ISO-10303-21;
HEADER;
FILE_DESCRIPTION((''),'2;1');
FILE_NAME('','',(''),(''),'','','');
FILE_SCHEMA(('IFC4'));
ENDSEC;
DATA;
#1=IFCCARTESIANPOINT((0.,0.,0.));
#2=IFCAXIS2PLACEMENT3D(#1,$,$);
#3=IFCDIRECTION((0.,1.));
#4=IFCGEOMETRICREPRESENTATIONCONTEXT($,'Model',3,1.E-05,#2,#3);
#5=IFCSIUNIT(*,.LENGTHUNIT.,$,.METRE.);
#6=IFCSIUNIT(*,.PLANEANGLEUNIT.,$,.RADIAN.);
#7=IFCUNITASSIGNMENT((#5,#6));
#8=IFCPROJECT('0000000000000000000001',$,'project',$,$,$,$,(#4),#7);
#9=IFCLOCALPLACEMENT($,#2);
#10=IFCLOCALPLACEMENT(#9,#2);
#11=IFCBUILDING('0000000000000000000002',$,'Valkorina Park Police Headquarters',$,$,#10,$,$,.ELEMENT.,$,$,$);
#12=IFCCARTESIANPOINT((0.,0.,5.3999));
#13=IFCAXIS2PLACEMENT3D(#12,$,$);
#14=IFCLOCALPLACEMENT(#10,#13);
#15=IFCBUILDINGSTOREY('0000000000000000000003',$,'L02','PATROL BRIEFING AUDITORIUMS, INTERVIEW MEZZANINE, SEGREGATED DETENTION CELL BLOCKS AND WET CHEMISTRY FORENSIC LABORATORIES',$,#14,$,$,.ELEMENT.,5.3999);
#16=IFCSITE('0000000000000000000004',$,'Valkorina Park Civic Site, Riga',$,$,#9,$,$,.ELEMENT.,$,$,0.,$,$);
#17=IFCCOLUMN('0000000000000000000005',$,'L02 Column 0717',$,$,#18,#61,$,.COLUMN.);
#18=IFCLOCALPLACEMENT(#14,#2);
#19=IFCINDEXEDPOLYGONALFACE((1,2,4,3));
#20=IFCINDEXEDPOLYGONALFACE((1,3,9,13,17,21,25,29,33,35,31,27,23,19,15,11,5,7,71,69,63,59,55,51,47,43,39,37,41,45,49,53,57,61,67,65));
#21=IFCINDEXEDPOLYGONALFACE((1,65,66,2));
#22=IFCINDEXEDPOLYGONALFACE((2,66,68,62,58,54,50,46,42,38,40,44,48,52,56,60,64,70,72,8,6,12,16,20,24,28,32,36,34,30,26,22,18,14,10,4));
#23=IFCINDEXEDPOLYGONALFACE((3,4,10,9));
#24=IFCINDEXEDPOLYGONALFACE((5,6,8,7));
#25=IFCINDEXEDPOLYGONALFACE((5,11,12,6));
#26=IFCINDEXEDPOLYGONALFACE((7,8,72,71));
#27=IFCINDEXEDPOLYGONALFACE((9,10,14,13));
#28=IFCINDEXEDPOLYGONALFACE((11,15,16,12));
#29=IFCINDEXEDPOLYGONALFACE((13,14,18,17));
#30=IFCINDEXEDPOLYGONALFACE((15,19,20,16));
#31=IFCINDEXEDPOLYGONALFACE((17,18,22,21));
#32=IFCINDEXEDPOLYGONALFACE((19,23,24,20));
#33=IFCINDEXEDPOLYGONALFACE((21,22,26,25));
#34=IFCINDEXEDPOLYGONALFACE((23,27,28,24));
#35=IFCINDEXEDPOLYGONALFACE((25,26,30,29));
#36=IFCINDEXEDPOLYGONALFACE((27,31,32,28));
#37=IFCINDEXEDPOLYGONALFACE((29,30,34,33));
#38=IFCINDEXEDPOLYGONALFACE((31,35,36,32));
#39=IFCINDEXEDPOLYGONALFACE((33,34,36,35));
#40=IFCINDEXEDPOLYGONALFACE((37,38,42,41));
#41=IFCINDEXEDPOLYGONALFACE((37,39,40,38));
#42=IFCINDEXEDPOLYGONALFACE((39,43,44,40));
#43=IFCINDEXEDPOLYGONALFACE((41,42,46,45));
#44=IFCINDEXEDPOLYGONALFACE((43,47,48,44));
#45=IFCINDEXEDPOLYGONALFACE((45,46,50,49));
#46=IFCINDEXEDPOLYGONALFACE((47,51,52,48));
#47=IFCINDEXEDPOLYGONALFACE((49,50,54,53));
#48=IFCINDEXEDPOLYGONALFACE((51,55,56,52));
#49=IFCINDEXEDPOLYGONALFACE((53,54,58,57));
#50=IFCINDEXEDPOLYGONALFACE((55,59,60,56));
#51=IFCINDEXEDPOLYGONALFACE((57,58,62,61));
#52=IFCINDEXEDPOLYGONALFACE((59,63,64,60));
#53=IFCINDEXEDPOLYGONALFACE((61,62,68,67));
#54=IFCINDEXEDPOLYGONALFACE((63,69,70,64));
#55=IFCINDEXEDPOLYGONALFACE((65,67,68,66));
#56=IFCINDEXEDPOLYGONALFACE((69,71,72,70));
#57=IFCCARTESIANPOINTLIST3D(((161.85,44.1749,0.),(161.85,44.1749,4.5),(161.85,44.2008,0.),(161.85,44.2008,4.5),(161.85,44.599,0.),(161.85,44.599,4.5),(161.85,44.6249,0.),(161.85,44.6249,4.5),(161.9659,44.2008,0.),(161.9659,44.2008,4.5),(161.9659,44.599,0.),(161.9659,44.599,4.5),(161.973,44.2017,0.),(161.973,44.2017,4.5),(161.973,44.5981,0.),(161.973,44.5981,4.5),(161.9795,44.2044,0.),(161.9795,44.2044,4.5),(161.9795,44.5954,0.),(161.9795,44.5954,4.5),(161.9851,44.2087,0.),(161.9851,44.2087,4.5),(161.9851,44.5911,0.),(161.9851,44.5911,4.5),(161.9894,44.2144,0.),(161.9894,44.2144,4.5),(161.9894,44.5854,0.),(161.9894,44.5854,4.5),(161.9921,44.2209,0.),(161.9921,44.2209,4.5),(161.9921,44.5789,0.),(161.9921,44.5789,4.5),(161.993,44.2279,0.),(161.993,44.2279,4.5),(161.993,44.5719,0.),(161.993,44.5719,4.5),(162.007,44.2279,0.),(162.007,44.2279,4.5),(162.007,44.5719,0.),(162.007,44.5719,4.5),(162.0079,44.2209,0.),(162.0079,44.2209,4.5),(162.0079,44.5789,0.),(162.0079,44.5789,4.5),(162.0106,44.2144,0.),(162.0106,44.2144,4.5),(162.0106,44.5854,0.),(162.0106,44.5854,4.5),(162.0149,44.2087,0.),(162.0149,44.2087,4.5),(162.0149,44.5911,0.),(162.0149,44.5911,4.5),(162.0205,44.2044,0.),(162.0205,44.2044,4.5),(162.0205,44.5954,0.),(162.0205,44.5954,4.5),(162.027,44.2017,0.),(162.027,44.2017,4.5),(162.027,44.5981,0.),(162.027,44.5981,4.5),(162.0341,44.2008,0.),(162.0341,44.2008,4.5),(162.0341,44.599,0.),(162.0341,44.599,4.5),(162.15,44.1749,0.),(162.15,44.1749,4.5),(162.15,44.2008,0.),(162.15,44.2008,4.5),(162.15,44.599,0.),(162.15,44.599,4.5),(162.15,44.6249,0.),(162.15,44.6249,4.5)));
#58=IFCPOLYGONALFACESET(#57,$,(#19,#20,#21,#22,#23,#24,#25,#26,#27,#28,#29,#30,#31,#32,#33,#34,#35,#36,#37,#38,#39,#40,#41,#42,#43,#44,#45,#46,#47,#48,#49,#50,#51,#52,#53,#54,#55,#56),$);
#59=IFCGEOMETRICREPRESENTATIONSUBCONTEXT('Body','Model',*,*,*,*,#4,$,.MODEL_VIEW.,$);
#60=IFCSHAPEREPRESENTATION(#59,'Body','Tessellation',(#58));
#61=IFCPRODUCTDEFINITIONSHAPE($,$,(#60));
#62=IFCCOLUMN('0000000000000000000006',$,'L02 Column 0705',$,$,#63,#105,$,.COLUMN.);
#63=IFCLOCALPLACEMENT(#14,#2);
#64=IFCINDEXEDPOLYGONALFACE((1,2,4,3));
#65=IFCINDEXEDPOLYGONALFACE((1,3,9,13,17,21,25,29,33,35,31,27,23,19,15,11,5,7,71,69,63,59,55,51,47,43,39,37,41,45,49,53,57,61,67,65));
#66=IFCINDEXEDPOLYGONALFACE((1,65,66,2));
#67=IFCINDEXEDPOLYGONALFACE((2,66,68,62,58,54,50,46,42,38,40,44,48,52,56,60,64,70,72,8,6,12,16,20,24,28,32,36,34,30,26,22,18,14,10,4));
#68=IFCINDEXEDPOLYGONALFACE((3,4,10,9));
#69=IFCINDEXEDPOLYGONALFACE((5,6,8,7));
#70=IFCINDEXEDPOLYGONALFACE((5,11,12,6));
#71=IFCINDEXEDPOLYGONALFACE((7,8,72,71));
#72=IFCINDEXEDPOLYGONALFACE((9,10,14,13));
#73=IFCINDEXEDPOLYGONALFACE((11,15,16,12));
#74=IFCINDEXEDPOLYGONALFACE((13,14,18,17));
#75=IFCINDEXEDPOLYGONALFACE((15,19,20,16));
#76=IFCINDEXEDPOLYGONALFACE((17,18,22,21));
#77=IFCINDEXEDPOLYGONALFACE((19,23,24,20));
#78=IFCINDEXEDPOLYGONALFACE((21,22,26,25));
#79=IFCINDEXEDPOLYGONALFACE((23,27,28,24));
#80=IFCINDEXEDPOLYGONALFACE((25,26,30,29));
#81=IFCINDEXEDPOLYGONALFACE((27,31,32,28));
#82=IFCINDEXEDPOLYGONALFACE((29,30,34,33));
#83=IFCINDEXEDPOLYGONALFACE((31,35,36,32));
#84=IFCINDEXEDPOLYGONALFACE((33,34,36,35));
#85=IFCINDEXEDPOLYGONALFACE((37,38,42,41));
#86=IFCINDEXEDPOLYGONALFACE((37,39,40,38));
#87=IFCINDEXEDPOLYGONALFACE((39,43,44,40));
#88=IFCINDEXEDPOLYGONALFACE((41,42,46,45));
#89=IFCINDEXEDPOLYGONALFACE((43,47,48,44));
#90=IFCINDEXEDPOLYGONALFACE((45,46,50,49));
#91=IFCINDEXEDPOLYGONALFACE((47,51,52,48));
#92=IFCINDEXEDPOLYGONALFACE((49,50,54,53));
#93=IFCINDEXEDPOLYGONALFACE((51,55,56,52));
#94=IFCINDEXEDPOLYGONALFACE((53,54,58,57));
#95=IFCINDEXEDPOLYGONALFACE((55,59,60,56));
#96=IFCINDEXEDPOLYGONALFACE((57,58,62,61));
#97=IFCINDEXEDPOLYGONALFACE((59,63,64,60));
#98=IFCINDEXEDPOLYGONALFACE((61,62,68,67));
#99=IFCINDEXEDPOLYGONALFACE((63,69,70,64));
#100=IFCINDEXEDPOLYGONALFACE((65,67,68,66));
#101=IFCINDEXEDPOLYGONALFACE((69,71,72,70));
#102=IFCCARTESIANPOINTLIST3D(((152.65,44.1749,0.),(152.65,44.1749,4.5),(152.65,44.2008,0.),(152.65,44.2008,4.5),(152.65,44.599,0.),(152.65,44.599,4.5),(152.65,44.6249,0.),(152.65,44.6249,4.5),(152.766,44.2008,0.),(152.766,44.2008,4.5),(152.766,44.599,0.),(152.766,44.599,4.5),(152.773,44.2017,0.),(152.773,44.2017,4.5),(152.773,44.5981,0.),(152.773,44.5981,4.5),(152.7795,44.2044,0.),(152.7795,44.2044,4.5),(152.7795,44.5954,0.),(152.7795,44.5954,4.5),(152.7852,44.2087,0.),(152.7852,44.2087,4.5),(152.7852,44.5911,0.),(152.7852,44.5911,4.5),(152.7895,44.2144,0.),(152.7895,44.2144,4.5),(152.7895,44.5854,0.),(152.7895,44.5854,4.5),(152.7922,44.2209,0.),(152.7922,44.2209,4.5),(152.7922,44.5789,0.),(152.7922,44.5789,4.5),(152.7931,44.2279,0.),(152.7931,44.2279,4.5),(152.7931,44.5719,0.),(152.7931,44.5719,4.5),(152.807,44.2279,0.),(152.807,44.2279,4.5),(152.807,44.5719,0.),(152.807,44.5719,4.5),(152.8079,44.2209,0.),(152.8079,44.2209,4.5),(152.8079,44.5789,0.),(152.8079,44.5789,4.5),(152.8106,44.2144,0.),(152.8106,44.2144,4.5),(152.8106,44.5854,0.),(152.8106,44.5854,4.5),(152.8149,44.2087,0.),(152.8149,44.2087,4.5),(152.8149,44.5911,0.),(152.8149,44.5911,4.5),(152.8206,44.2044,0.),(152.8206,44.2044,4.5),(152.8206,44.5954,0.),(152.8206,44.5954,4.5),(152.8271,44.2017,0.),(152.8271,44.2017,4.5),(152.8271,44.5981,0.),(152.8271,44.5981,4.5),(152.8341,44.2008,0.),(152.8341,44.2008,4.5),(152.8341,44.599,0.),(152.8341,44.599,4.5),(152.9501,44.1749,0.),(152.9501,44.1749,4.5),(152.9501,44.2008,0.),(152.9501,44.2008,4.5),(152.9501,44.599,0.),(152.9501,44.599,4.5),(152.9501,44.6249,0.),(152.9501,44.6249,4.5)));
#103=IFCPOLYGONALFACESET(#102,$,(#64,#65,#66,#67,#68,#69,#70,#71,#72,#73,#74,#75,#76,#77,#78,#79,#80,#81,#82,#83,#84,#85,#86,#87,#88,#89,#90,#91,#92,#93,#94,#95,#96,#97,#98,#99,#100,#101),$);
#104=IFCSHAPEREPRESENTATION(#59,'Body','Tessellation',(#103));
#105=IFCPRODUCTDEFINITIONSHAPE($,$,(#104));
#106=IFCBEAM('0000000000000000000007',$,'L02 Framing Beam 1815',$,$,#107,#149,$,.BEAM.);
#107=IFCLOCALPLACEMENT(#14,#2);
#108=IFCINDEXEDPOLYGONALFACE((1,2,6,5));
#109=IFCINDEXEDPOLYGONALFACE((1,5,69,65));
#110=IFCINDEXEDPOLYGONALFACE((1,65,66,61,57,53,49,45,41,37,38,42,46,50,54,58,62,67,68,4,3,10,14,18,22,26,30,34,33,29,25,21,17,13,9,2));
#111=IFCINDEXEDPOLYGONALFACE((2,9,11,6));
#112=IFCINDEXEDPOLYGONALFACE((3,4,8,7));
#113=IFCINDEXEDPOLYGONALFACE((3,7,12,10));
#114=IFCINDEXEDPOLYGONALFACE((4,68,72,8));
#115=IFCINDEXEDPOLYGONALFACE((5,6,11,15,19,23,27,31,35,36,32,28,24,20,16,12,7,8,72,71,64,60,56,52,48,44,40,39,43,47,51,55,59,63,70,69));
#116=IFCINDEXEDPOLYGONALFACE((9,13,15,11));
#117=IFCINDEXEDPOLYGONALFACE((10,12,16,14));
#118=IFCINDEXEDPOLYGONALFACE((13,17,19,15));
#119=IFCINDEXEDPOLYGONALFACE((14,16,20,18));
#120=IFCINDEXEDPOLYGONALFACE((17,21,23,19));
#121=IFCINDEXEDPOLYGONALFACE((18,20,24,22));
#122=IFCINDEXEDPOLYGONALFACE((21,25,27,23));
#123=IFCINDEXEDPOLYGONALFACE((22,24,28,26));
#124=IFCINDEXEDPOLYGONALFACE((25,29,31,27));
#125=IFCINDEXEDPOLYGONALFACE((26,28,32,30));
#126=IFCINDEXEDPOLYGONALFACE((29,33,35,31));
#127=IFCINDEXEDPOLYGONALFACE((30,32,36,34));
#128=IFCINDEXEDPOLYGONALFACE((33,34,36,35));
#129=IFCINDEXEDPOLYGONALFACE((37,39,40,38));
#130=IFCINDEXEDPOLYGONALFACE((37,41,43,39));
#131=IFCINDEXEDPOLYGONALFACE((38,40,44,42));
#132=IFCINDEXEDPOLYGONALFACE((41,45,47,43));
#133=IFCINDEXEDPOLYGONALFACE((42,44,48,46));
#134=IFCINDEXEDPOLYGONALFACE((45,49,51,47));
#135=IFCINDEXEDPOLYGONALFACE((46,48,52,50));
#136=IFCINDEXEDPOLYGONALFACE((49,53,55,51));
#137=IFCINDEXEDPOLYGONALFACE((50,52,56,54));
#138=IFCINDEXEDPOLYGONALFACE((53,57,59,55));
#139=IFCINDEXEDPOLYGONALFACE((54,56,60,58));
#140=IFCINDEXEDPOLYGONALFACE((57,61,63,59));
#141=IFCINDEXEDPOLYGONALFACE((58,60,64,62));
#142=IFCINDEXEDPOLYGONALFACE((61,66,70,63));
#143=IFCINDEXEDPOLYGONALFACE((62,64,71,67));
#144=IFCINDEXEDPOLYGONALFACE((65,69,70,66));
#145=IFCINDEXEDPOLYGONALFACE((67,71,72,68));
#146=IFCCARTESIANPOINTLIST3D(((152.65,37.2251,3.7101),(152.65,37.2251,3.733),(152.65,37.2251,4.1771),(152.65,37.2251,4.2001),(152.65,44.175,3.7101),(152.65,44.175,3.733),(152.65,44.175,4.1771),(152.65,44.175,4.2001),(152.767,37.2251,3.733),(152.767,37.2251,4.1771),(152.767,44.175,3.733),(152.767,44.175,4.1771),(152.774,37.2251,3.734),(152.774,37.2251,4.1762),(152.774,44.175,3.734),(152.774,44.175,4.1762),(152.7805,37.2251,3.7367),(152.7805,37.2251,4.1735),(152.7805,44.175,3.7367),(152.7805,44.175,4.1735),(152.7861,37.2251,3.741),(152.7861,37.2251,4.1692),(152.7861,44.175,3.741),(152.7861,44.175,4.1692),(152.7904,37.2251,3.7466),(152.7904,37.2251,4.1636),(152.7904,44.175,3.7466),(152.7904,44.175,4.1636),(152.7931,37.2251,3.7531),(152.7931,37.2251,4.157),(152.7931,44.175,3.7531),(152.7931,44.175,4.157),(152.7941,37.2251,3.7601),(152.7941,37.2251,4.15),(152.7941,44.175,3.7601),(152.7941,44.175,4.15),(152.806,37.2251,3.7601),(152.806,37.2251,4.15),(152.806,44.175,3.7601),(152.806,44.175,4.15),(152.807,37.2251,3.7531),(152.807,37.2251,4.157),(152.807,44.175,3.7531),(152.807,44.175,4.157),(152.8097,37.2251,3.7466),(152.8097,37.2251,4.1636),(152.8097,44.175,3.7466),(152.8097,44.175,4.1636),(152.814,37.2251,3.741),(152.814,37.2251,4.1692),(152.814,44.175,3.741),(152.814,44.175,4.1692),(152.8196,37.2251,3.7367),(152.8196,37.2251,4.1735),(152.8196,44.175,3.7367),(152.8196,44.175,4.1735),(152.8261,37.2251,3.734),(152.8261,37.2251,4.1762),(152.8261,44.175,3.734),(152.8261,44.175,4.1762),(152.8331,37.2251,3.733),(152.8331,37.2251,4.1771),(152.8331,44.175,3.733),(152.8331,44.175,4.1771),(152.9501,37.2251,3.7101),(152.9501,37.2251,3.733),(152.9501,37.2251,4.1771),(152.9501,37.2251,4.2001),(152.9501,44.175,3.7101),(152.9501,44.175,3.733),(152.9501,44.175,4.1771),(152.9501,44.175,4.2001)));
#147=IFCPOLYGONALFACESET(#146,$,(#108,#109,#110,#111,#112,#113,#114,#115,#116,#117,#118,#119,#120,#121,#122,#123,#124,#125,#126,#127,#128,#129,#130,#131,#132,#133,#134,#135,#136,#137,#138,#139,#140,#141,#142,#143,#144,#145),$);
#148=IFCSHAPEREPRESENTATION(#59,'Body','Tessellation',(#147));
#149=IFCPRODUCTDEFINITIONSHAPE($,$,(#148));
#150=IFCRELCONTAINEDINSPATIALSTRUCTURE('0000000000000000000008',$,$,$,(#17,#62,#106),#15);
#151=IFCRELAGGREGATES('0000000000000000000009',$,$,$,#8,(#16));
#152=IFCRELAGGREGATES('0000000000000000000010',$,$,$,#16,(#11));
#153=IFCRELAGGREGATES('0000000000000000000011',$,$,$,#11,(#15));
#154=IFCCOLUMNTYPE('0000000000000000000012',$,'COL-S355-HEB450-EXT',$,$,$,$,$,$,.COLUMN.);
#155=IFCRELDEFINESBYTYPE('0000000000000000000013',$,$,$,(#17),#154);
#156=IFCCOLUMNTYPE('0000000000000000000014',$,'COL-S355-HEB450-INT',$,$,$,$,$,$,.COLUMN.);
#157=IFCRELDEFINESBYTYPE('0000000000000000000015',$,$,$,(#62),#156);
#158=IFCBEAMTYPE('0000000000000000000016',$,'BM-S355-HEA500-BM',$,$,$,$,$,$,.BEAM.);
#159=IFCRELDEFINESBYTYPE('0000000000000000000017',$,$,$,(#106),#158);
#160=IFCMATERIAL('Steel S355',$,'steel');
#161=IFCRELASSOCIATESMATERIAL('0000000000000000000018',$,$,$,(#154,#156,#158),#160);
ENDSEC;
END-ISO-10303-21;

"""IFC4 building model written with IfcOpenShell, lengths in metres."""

from ifc_helpers import new_model, si_unit, direction, frame, origin, origin_2d, place, context, subcontext, project, spatial, i_section, extrude, material, material_profile, profile_set, type_object, element, save


model = new_model("IFC4")

# Units and contexts
model_context = context("Model", 3, precision=1e-05, world=origin(), true_north=direction((0.0, 1.0)))
body_context = subcontext(model_context, "Body", "Model", "MODEL_VIEW")
ifc_project = project(units=[si_unit("LENGTHUNIT", "METRE"), si_unit("PLANEANGLEUNIT", "RADIAN")], contexts=[model_context])

# Site, building, storey
site_placement = place(None, origin())
site = spatial("IfcSite", under=ifc_project, at=site_placement, Name="Valkorina Park Civic Site, Riga", CompositionType="ELEMENT", RefElevation=0.0)
building_placement = place(site_placement, origin())
building = spatial("IfcBuilding", under=site, at=building_placement, Name="Valkorina Park Police Headquarters", CompositionType="ELEMENT")
storey_placement = place(building_placement, frame((0.0, 0.0, 5.3999)))
storey = spatial("IfcBuildingStorey", under=building, at=storey_placement, Name="L02", Description="PATROL BRIEFING AUDITORIUMS, INTERVIEW MEZZANINE, SEGREGATED DETENTION CELL BLOCKS AND WET CHEMISTRY FORENSIC LABORATORIES", CompositionType="ELEMENT", Elevation=5.3999)

# Columns
ifc_material_1 = material(Name="Steel S355", Category="steel")
ifc_material_profile_1 = material_profile(ifc_material_1, i_section(OverallWidth=0.3, OverallDepth=0.45, WebThickness=0.0139, FlangeThickness=0.0259, FilletRadius=0.0271, at=origin_2d()), Name="HEB 450")
ifc_profile_set_1 = profile_set([ifc_material_profile_1], Name="Steel S355")
column_type_1 = type_object("IfcColumnType", Name="COL-S355-HEB450-EXT", PredefinedType="COLUMN", material=ifc_profile_set_1)
column_1_placement = place(storey_placement, frame((162.0, 44.3999, 0.0), z_axis=(0.0, 0.0, 1.0), x_axis=(1.0, 0.0, 0.0)))
element("IfcColumn", 1, at=column_1_placement, inside=storey, type_object=column_type_1, Name="L02 Column 0717", PredefinedType="COLUMN", context=body_context, shape_type="SweptSolid", body=[
    extrude(i_section(OverallWidth=0.3, OverallDepth=0.45, WebThickness=0.0139, FlangeThickness=0.0259, FilletRadius=0.0271, at=origin_2d()), origin(), (0.0, 0.0, 1.0), 4.5),
])
ifc_material_profile_2 = material_profile(ifc_material_1, i_section(OverallWidth=0.3, OverallDepth=0.45, WebThickness=0.0139, FlangeThickness=0.0259, FilletRadius=0.0271, at=origin_2d()), Name="HEB 450")
ifc_profile_set_2 = profile_set([ifc_material_profile_2], Name="Steel S355")
column_type_2 = type_object("IfcColumnType", Name="COL-S355-HEB450-INT", PredefinedType="COLUMN", material=ifc_profile_set_2)
column_2_placement = place(storey_placement, frame((152.8, 44.3999, 0.0), z_axis=(0.0, 0.0, 1.0), x_axis=(1.0, 0.0, 0.0)))
element("IfcColumn", 2, at=column_2_placement, inside=storey, type_object=column_type_2, Name="L02 Column 0705", PredefinedType="COLUMN", context=body_context, shape_type="SweptSolid", body=[
    extrude(i_section(OverallWidth=0.3, OverallDepth=0.45, WebThickness=0.0139, FlangeThickness=0.0259, FilletRadius=0.0271, at=origin_2d()), origin(), (0.0, 0.0, 1.0), 4.5),
])

# Beam
ifc_material_profile_3 = material_profile(ifc_material_1, i_section(OverallWidth=0.3, OverallDepth=0.49, WebThickness=0.012, FlangeThickness=0.0229, FilletRadius=0.0271, at=origin_2d()), Name="HEA 500")
ifc_profile_set_3 = profile_set([ifc_material_profile_3], Name="Steel S355")
beam_type_1 = type_object("IfcBeamType", Name="BM-S355-HEA500-BM", PredefinedType="BEAM", material=ifc_profile_set_3)
beam_1_placement = place(storey_placement, frame((152.8, 37.2251, 3.9551), z_axis=(0.0, 1.0, 0.0), x_axis=(-1.0, 0.0, 0.0)))
element("IfcBeam", 3, at=beam_1_placement, inside=storey, type_object=beam_type_1, Name="L02 Framing Beam 1815", PredefinedType="BEAM", context=body_context, shape_type="SweptSolid", body=[
    extrude(i_section(OverallWidth=0.3, OverallDepth=0.49, WebThickness=0.012, FlangeThickness=0.0229, FilletRadius=0.0271, at=origin_2d()), origin(), (0.0, 0.0, 1.0), 6.95),
])

save(model, "model.ifc")
